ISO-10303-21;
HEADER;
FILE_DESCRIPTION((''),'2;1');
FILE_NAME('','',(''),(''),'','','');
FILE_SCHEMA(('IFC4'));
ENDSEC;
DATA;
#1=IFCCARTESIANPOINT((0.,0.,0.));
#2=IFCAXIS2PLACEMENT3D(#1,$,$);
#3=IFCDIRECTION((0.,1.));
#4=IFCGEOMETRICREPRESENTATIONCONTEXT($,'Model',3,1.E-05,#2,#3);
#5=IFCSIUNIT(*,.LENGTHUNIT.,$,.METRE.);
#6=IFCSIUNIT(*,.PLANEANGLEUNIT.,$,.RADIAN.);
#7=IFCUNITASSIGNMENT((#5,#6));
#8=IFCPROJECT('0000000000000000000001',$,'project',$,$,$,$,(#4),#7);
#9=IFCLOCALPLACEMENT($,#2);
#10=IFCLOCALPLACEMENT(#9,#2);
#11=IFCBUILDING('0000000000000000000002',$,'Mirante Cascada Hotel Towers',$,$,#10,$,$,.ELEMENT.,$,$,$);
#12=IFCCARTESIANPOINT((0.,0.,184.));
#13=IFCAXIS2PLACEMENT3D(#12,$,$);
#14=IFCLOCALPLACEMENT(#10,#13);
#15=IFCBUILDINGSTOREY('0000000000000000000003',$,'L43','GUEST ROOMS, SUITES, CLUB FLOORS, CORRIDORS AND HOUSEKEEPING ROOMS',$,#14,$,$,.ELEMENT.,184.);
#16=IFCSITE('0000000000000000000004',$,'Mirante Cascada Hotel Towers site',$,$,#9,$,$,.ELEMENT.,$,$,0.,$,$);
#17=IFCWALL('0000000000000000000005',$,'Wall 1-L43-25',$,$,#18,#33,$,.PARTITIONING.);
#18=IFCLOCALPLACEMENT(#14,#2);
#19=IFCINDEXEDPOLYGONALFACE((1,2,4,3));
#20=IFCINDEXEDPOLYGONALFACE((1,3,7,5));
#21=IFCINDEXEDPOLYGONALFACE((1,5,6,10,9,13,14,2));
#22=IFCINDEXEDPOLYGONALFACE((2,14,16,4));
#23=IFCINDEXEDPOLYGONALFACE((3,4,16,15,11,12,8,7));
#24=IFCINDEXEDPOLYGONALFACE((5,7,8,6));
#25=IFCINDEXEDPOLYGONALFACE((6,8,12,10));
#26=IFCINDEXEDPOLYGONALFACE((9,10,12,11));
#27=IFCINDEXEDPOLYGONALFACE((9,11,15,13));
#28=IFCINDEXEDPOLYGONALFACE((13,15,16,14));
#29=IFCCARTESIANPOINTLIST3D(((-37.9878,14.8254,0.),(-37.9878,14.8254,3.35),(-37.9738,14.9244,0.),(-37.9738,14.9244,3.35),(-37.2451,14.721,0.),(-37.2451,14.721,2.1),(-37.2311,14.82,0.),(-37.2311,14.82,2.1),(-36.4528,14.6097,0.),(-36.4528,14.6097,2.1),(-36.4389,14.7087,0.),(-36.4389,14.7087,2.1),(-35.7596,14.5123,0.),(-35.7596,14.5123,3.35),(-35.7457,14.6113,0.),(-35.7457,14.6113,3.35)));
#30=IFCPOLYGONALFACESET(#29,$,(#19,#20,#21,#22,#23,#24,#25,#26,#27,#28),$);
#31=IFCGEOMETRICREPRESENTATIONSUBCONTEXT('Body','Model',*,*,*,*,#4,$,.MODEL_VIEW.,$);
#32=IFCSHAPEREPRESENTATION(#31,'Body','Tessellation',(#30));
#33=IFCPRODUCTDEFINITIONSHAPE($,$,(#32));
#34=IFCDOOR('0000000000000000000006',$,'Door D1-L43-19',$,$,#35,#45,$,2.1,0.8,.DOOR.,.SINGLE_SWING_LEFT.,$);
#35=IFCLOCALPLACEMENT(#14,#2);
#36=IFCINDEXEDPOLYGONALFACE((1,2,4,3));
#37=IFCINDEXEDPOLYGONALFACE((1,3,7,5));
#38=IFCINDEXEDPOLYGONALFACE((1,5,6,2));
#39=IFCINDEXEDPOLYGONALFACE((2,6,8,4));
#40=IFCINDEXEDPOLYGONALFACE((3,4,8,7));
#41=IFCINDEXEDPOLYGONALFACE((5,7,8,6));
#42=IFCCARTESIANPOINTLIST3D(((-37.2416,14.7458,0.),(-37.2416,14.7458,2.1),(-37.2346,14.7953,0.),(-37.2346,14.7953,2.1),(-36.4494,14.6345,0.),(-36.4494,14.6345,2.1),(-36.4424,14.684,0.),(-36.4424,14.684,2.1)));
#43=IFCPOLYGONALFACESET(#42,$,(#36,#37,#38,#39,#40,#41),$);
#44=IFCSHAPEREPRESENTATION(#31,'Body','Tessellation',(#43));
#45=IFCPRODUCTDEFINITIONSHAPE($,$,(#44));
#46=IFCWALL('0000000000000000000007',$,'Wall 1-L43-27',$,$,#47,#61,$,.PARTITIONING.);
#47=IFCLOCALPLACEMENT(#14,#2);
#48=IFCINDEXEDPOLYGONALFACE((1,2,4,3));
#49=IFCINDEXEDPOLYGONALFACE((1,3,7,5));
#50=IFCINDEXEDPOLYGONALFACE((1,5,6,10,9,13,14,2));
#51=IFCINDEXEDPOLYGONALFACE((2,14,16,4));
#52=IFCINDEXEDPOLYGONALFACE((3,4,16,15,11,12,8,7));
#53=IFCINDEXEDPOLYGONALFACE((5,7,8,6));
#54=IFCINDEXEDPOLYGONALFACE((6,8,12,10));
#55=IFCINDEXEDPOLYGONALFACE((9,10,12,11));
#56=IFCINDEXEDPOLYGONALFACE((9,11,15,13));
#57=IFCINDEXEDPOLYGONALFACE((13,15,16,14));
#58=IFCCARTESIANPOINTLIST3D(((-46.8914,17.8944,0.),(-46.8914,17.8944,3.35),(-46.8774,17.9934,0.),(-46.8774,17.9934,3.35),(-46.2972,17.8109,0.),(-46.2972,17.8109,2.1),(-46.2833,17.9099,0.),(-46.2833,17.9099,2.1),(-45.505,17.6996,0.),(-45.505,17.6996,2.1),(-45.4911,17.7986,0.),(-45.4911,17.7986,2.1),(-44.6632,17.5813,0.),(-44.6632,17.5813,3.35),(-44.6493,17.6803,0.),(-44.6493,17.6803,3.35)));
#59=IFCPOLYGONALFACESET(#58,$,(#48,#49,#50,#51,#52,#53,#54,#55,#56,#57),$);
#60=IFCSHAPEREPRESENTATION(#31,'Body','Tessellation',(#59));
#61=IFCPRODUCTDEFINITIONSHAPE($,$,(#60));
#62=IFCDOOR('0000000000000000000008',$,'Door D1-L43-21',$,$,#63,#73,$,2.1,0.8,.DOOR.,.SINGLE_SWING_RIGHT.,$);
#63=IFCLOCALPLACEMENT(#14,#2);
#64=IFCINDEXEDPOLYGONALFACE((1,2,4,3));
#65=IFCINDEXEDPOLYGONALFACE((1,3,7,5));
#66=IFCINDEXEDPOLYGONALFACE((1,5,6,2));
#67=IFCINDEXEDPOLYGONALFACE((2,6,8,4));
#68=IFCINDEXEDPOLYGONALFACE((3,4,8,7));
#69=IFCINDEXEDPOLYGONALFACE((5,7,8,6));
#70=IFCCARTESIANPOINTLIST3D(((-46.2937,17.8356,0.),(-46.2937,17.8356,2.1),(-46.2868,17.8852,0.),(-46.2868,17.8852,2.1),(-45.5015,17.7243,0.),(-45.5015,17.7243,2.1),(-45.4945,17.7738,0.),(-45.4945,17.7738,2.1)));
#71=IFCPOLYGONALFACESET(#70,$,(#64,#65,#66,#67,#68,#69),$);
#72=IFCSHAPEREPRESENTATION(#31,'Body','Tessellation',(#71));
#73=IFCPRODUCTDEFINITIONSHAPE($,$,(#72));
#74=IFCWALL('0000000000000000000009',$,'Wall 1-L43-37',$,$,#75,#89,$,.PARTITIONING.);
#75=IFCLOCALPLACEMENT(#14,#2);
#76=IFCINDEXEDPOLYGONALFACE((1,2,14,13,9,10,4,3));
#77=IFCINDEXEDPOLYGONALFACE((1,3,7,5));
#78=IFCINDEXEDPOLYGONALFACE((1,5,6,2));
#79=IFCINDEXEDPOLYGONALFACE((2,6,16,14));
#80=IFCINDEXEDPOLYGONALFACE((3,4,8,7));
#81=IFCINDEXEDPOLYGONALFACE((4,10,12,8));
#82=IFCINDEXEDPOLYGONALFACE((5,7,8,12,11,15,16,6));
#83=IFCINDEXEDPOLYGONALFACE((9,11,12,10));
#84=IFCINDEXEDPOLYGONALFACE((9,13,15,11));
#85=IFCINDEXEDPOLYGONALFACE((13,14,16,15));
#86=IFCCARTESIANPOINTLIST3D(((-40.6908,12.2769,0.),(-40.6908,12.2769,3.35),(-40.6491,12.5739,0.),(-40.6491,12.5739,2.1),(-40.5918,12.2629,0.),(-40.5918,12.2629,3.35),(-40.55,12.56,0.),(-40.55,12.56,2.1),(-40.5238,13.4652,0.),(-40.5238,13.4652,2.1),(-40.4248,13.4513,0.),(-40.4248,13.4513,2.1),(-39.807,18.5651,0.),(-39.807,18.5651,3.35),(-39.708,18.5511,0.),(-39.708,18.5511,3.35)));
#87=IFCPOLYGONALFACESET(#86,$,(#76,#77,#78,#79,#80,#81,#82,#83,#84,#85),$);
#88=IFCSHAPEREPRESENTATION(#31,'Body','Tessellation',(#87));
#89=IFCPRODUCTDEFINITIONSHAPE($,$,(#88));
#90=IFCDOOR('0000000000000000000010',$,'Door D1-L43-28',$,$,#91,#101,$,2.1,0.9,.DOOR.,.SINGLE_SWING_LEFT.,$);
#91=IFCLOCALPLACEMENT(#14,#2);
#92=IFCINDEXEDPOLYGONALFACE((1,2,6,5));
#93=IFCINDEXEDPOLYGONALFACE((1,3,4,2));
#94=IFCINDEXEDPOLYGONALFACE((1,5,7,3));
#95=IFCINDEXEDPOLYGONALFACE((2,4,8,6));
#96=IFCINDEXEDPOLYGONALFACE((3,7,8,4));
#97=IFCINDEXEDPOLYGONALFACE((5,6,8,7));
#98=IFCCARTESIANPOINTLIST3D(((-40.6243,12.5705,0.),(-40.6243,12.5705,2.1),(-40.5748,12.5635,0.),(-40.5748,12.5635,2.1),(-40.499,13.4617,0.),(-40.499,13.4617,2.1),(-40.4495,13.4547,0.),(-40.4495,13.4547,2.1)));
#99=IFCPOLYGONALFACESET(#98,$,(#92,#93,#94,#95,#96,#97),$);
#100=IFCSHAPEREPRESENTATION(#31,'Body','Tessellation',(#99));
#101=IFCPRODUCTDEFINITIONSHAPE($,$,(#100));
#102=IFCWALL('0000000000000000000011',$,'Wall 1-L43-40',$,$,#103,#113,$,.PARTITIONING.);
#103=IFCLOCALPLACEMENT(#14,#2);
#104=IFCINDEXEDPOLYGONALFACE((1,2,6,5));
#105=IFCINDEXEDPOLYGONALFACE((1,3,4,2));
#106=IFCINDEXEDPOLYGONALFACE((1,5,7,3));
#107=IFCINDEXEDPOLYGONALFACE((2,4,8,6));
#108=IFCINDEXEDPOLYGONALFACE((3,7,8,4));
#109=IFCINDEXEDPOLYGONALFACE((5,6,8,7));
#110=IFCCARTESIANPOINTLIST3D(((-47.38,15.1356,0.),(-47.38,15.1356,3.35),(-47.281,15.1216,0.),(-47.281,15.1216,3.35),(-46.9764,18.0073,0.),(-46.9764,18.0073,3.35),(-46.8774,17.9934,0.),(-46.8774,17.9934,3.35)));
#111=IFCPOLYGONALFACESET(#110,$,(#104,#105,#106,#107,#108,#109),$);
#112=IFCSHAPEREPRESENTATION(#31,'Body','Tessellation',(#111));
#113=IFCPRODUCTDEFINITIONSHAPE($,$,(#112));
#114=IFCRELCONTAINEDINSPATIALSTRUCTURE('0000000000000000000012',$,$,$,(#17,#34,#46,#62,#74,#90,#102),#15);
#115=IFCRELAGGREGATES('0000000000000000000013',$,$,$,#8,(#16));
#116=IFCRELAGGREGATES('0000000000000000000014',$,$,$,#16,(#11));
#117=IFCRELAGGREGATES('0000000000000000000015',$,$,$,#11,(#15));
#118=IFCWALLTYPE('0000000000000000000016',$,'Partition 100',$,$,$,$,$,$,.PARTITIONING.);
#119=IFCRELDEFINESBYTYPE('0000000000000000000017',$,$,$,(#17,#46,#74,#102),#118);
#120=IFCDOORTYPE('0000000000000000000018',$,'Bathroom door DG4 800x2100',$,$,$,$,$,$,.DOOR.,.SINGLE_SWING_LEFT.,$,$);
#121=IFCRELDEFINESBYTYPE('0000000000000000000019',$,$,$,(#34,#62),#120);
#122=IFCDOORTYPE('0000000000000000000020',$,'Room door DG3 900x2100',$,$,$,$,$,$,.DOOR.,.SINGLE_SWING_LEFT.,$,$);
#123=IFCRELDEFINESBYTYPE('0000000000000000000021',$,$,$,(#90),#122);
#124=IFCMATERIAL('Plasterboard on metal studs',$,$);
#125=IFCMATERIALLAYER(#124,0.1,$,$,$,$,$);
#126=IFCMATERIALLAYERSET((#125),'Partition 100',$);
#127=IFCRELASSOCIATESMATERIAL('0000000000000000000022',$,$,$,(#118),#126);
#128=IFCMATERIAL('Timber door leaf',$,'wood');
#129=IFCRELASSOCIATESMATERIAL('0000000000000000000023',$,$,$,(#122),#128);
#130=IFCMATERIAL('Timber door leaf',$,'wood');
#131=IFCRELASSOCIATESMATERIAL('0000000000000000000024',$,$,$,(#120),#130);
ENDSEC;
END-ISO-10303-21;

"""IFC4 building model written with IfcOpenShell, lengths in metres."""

from ifc_helpers import new_model, si_unit, direction, frame, frame_2d, origin, place, context, subcontext, project, spatial, rectangle, extrude, material, layer, layer_set, type_object, element, fill, save


model = new_model("IFC4")

# Units and contexts
model_context = context("Model", 3, precision=1e-05, world=origin(), true_north=direction((0.0, 1.0)))
body_context = subcontext(model_context, "Body", "Model", "MODEL_VIEW")
ifc_project = project(units=[si_unit("LENGTHUNIT", "METRE"), si_unit("PLANEANGLEUNIT", "RADIAN")], contexts=[model_context])

# Site, building, storey
site_placement = place(None, origin())
site = spatial("IfcSite", under=ifc_project, at=site_placement, Name="Mirante Cascada Hotel Towers site", CompositionType="ELEMENT", RefElevation=0.0)
building_placement = place(site_placement, origin())
building = spatial("IfcBuilding", under=site, at=building_placement, Name="Mirante Cascada Hotel Towers", CompositionType="ELEMENT")
storey_placement = place(building_placement, frame((0.0, 0.0, 184.0)))
storey = spatial("IfcBuildingStorey", under=building, at=storey_placement, Name="L43", Description="GUEST ROOMS, SUITES, CLUB FLOORS, CORRIDORS AND HOUSEKEEPING ROOMS", CompositionType="ELEMENT", Elevation=184.0)

# Shared definitions
ifc_material_1 = material(Name="Plasterboard on metal studs")
ifc_layer_1 = layer(ifc_material_1, 0.1)
ifc_layer_set_1 = layer_set([ifc_layer_1], Name="Partition 100")
wall_type = type_object("IfcWallType", Name="Partition 100", PredefinedType="PARTITIONING", material=ifc_layer_set_1)
ifc_material_2 = material(Name="Timber door leaf", Category="wood")
door_type_1 = type_object("IfcDoorType", Name="Room door DG3 900x2100", OperationType="SINGLE_SWING_LEFT", PredefinedType="DOOR", material=ifc_material_2)

# Walls, openings, doors
wall_1_placement = place(storey_placement, frame((-37.9808, 14.8749, 0.0), z_axis=(0.0, 0.0, 1.0), x_axis=(0.990271, -0.139156, 0.0)))
wall_1 = element("IfcWall", 1, at=wall_1_placement, inside=storey, type_object=wall_type, Name="Wall 1-L43-25", PredefinedType="PARTITIONING", context=body_context, shape_type="SweptSolid", body=[
    extrude(rectangle(XDim=2.25, YDim=0.1, at=frame_2d((1.125, 0.0))), origin(), (0.0, 0.0, 1.0), 3.35),
])
opening_1_placement = place(wall_1_placement, frame((0.75, 0.0, 0.0)))
opening_1 = element("IfcOpeningElement", 2, at=opening_1_placement, cuts=wall_1, PredefinedType="OPENING", context=body_context, shape_type="SweptSolid", body=[
    extrude(rectangle(XDim=0.8, YDim=2.1, at=frame_2d((0.4, 1.05))), frame((0.0, 0.05, 0.0), z_axis=(0.0, -1.0, 0.0), x_axis=(1.0, 0.0, 0.0)), (0.0, 0.0, 1.0), 0.1),
])
ifc_material_3 = material(Name="Timber door leaf", Category="wood")
door_type_2 = type_object("IfcDoorType", Name="Bathroom door DG4 800x2100", OperationType="SINGLE_SWING_LEFT", PredefinedType="DOOR", material=ifc_material_3)
door_1_placement = place(opening_1_placement, origin())
door_1 = element("IfcDoor", 3, at=door_1_placement, inside=storey, type_object=door_type_2, Name="Door D1-L43-19", OperationType="SINGLE_SWING_LEFT", OverallHeight=2.1, OverallWidth=0.8, PredefinedType="DOOR", context=body_context, shape_type="SweptSolid", body=[
    extrude(rectangle(XDim=0.8, YDim=2.1, at=frame_2d((0.4, 1.05))), frame((0.0, 0.025, 0.0), z_axis=(0.0, -1.0, 0.0), x_axis=(1.0, 0.0, 0.0)), (0.0, 0.0, 1.0), 0.05),
])
fill(opening_1, door_1)
wall_2_placement = place(storey_placement, frame((-46.8844, 17.9439, 0.0), z_axis=(0.0, 0.0, 1.0), x_axis=(0.990271, -0.139156, 0.0)))
wall_2 = element("IfcWall", 4, at=wall_2_placement, inside=storey, type_object=wall_type, Name="Wall 1-L43-27", PredefinedType="PARTITIONING", context=body_context, shape_type="SweptSolid", body=[
    extrude(rectangle(XDim=2.25, YDim=0.1, at=frame_2d((1.125, 0.0))), origin(), (0.0, 0.0, 1.0), 3.35),
])
opening_2_placement = place(wall_2_placement, frame((0.6, 0.0, 0.0)))
opening_2 = element("IfcOpeningElement", 5, at=opening_2_placement, cuts=wall_2, PredefinedType="OPENING", context=body_context, shape_type="SweptSolid", body=[
    extrude(rectangle(XDim=0.8, YDim=2.1, at=frame_2d((0.4, 1.05))), frame((0.0, 0.05, 0.0), z_axis=(0.0, -1.0, 0.0), x_axis=(1.0, 0.0, 0.0)), (0.0, 0.0, 1.0), 0.1),
])
door_2_placement = place(opening_2_placement, frame((0.8, 0.0, 0.0), z_axis=(0.0, 0.0, 1.0), x_axis=(-1.0, 0.0, 0.0)))
door_2 = element("IfcDoor", 6, at=door_2_placement, inside=storey, type_object=door_type_2, Name="Door D1-L43-21", OperationType="SINGLE_SWING_RIGHT", OverallHeight=2.1, OverallWidth=0.8, PredefinedType="DOOR", context=body_context, shape_type="SweptSolid", body=[
    extrude(rectangle(XDim=0.8, YDim=2.1, at=frame_2d((0.4, 1.05))), frame((0.0, 0.025, 0.0), z_axis=(0.0, -1.0, 0.0), x_axis=(1.0, 0.0, 0.0)), (0.0, 0.0, 1.0), 0.05),
])
fill(opening_2, door_2)
wall_3_placement = place(storey_placement, frame((-39.7575, 18.5581, 0.0), z_axis=(0.0, 0.0, 1.0), x_axis=(-0.139181, -0.990267, 0.0)))
wall_3 = element("IfcWall", 7, at=wall_3_placement, inside=storey, type_object=wall_type, Name="Wall 1-L43-37", PredefinedType="PARTITIONING", context=body_context, shape_type="SweptSolid", body=[
    extrude(rectangle(XDim=6.35, YDim=0.1, at=frame_2d((3.175, 0.0))), origin(), (0.0, 0.0, 1.0), 3.35),
])
opening_3_placement = place(wall_3_placement, frame((5.15, 0.0, 0.0)))
opening_3 = element("IfcOpeningElement", 8, at=opening_3_placement, cuts=wall_3, PredefinedType="OPENING", context=body_context, shape_type="SweptSolid", body=[
    extrude(rectangle(XDim=0.9, YDim=2.1, at=frame_2d((0.45, 1.05))), frame((0.0, 0.05, 0.0), z_axis=(0.0, -1.0, 0.0), x_axis=(1.0, 0.0, 0.0)), (0.0, 0.0, 1.0), 0.1),
])
door_3_placement = place(opening_3_placement, origin())
door_3 = element("IfcDoor", 9, at=door_3_placement, inside=storey, type_object=door_type_1, Name="Door D1-L43-28", OperationType="SINGLE_SWING_LEFT", OverallHeight=2.1, OverallWidth=0.9, PredefinedType="DOOR", context=body_context, shape_type="SweptSolid", body=[
    extrude(rectangle(XDim=0.9, YDim=2.1, at=frame_2d((0.45, 1.05))), frame((0.0, 0.025, 0.0), z_axis=(0.0, -1.0, 0.0), x_axis=(1.0, 0.0, 0.0)), (0.0, 0.0, 1.0), 0.05),
])
fill(opening_3, door_3)

# Wall
wall_4_placement = place(storey_placement, frame((-47.3305, 15.1286, 0.0), z_axis=(0.0, 0.0, 1.0), x_axis=(0.139171, 0.990268, 0.0)))
element("IfcWall", 10, at=wall_4_placement, inside=storey, type_object=wall_type, Name="Wall 1-L43-40", PredefinedType="PARTITIONING", context=body_context, shape_type="SweptSolid", body=[
    extrude(rectangle(XDim=2.9, YDim=0.1, at=frame_2d((1.45, 0.0))), origin(), (0.0, 0.0, 1.0), 3.35),
])

save(model, "model.ifc")
